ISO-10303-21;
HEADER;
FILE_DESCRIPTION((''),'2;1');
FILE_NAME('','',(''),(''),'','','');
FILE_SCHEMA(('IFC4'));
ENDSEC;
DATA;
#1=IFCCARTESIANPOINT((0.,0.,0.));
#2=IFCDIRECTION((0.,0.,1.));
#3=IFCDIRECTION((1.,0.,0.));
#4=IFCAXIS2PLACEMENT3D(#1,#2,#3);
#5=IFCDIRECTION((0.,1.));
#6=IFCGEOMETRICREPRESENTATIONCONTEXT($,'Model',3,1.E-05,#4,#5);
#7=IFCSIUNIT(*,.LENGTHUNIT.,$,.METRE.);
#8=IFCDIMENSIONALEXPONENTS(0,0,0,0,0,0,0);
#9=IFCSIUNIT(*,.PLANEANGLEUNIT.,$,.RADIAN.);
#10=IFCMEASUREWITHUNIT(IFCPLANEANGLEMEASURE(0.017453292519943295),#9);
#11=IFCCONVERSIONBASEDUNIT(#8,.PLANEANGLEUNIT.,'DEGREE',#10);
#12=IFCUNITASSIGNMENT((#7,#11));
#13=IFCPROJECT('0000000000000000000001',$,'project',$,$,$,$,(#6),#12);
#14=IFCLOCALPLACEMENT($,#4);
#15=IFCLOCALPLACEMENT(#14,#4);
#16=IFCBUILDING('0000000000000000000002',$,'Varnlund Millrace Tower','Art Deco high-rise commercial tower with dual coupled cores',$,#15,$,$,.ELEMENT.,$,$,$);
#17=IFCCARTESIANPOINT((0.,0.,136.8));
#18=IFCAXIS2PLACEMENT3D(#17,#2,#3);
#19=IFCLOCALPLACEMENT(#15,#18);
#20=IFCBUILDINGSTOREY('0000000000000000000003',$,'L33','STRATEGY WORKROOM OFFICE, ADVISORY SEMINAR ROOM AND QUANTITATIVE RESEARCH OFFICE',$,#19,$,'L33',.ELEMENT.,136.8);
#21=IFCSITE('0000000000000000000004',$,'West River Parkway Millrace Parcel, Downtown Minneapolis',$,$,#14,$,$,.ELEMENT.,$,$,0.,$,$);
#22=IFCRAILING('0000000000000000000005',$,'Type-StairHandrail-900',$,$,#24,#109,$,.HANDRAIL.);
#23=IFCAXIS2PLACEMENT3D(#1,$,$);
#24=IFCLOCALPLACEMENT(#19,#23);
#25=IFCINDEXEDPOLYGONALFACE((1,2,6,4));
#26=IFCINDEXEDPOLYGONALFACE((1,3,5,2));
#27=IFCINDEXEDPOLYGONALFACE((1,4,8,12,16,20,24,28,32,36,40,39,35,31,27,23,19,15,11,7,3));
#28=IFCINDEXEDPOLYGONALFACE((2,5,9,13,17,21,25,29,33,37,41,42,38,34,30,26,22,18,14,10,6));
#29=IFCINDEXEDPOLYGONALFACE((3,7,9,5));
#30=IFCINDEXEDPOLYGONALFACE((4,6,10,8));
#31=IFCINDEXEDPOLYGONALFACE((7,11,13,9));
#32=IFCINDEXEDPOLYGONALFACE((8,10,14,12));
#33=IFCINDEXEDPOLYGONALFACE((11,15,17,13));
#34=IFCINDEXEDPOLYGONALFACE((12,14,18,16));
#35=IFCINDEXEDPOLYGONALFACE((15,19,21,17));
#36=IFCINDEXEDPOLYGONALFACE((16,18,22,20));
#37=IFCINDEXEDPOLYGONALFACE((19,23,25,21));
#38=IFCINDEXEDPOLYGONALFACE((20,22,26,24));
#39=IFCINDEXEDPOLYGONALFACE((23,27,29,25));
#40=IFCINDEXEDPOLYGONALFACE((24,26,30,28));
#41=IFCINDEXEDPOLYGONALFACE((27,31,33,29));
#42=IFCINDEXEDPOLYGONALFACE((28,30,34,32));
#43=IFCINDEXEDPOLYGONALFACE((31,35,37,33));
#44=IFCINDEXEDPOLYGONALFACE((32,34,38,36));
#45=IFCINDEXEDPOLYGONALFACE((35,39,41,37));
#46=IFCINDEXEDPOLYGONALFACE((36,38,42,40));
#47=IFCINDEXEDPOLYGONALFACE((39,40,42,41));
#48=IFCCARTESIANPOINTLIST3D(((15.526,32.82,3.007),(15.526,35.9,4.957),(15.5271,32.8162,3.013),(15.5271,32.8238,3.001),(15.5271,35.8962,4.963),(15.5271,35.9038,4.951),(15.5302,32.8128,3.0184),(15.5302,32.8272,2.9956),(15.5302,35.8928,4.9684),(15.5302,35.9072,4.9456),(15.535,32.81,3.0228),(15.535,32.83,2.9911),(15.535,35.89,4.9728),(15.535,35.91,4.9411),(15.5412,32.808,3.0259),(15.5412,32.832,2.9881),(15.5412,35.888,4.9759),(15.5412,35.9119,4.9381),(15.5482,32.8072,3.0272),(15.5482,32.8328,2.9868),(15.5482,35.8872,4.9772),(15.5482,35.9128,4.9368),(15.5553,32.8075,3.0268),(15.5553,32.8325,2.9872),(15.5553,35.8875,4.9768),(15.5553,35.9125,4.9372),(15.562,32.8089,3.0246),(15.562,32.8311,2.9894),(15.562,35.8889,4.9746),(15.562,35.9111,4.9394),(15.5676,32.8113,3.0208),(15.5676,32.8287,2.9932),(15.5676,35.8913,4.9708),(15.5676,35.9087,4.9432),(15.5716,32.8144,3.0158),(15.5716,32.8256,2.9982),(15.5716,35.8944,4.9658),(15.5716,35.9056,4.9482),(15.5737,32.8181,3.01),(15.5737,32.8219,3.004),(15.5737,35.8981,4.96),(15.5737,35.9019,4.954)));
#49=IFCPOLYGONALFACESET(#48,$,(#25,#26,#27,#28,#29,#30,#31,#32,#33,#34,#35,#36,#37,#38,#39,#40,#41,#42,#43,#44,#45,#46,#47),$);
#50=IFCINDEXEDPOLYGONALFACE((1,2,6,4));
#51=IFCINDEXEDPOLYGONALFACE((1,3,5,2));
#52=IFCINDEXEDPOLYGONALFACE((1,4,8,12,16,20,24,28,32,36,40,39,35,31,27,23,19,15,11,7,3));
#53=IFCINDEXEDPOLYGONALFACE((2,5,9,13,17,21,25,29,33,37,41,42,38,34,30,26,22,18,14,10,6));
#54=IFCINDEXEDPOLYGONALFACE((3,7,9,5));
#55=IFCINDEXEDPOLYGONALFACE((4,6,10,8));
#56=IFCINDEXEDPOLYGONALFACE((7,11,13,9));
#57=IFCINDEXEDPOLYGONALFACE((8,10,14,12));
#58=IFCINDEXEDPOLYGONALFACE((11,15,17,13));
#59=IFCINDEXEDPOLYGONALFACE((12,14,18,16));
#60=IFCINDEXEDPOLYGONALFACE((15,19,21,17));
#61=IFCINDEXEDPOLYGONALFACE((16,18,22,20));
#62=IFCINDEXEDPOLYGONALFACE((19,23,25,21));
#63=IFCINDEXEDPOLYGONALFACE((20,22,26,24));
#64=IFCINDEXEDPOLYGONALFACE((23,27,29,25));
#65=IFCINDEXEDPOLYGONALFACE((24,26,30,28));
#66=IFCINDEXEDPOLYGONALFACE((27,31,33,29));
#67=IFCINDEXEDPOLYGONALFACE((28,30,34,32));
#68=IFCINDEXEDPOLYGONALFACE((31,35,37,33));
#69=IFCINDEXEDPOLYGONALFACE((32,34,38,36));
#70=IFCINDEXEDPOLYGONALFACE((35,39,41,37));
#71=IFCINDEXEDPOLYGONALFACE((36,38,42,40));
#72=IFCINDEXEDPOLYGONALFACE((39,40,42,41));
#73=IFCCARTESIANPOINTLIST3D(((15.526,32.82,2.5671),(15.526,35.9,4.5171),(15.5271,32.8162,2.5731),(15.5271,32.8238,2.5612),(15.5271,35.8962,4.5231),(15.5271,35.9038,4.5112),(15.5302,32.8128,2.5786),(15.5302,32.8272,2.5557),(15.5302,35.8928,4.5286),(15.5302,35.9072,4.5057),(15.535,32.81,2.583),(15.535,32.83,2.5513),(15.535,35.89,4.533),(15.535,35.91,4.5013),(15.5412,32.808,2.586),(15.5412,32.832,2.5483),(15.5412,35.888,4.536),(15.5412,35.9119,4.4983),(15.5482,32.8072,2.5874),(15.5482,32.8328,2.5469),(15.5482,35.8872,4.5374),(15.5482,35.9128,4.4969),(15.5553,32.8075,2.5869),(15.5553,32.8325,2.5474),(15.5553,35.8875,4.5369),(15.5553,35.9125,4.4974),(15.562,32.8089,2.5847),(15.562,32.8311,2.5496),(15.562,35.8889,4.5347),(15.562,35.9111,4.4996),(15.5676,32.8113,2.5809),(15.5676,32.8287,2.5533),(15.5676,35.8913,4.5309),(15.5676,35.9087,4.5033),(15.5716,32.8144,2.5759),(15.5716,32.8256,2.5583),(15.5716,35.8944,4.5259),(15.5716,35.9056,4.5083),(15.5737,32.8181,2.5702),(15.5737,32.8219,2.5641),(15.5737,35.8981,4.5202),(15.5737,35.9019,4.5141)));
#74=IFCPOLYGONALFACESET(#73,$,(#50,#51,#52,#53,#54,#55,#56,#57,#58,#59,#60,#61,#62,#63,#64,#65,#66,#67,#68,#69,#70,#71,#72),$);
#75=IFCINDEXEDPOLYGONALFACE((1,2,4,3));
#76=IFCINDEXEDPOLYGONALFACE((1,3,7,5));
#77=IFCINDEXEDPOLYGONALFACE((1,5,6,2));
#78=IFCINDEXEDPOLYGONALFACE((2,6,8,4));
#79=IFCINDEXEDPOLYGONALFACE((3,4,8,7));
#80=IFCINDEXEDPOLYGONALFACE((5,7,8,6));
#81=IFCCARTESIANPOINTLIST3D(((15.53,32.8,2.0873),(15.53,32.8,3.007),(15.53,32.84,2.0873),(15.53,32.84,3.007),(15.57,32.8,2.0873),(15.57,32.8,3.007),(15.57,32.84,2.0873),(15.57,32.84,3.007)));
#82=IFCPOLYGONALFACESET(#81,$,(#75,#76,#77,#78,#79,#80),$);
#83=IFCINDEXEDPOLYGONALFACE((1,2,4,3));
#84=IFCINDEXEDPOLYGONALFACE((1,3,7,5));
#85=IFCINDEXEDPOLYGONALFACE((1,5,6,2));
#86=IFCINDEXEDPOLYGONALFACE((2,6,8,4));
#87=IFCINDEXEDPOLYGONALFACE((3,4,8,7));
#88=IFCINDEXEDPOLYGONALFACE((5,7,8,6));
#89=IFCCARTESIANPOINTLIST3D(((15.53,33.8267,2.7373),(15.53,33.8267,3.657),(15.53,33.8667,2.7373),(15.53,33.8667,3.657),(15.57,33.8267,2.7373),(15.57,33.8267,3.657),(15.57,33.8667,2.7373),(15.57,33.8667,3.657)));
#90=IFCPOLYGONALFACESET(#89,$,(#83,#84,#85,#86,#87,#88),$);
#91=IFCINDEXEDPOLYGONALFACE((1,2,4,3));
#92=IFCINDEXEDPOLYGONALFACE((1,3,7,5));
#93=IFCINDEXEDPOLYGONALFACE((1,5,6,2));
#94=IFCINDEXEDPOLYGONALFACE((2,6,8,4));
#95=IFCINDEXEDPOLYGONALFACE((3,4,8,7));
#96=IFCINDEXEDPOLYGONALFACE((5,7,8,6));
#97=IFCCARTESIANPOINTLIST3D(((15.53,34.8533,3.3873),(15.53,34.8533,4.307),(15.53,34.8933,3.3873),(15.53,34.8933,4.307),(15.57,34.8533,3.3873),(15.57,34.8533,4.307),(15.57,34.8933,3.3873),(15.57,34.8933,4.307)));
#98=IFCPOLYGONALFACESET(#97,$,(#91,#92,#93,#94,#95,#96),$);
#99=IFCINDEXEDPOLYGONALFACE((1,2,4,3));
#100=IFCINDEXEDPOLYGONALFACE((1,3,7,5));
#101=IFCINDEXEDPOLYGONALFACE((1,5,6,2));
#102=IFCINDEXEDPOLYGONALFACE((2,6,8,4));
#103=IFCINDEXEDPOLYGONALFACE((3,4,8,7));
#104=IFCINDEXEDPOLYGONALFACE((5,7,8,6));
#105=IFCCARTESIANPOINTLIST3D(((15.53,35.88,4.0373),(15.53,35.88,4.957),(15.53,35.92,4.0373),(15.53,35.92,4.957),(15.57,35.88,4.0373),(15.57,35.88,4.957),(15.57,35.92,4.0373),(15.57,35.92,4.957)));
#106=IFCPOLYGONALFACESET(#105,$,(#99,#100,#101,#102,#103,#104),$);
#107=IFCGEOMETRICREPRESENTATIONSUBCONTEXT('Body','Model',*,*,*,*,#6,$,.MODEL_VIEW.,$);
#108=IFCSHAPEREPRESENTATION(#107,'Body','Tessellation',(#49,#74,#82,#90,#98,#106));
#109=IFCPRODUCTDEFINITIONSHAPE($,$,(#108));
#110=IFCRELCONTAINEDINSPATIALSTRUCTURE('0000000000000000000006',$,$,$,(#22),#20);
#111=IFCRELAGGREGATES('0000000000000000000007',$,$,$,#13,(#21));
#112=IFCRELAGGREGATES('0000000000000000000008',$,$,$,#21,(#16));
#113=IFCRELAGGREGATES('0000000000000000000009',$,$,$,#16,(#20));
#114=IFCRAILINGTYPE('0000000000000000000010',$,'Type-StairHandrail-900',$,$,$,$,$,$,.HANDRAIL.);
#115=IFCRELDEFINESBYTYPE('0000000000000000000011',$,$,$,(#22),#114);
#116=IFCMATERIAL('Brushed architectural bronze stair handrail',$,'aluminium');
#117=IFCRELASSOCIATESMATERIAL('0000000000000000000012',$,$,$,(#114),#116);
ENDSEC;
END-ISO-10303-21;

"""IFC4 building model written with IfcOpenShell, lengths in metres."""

from ifc_helpers import new_model, entity, si_unit, converted_unit, direction, frame, origin_with_axes, origin_2d_with_axis, place, context, subcontext, project, spatial, rectangle, circle, extrude, material, type_object, element, save


model = new_model("IFC4")

# Units and contexts
model_context = context("Model", 3, precision=1e-05, world=origin_with_axes(), true_north=direction((0.0, 1.0)))
body_context = subcontext(model_context, "Body", "Model", "MODEL_VIEW")
ifc_project = project(units=[si_unit("LENGTHUNIT", "METRE"), converted_unit("PLANEANGLEUNIT", "DEGREE", entity("IfcPlaneAngleMeasure", 0.017453292519943295), si_unit("PLANEANGLEUNIT", "RADIAN"), dimensions=[0, 0, 0, 0, 0, 0, 0])], contexts=[model_context])

# Site, building, storey
site_placement = place(None, origin_with_axes())
site = spatial("IfcSite", under=ifc_project, at=site_placement, Name="West River Parkway Millrace Parcel, Downtown Minneapolis", CompositionType="ELEMENT", RefElevation=0.0)
building_placement = place(site_placement, origin_with_axes())
building = spatial("IfcBuilding", under=site, at=building_placement, Name="Varnlund Millrace Tower", Description="Art Deco high-rise commercial tower with dual coupled cores", CompositionType="ELEMENT")
storey_placement = place(building_placement, frame((0.0, 0.0, 136.8), z_axis=(0.0, 0.0, 1.0), x_axis=(1.0, 0.0, 0.0)))
storey = spatial("IfcBuildingStorey", under=building, at=storey_placement, Name="L33", Description="STRATEGY WORKROOM OFFICE, ADVISORY SEMINAR ROOM AND QUANTITATIVE RESEARCH OFFICE", LongName="L33", CompositionType="ELEMENT", Elevation=136.8)

# Railing
ifc_material_1 = material(Name="Brushed architectural bronze stair handrail", Category="aluminium")
railing_type_1 = type_object("IfcRailingType", Name="Type-StairHandrail-900", PredefinedType="HANDRAIL", material=ifc_material_1)
railing_1_placement = place(storey_placement, frame((0.0, 0.0, -136.8), z_axis=(0.0, 0.0, 1.0), x_axis=(1.0, 0.0, 0.0)))
element("IfcRailing", 1, at=railing_1_placement, inside=storey, type_object=railing_type_1, Name="Type-StairHandrail-900", PredefinedType="HANDRAIL", context=body_context, shape_type="SweptSolid", body=[
    extrude(circle(Radius=0.024, at=origin_2d_with_axis()), frame((15.55, 32.82, 139.807), z_axis=(0.0, 0.844902, 0.534922), x_axis=(-1.0, 0.0, 0.0)), (0.0, 0.0, 1.0), 3.6454),
    extrude(circle(Radius=0.024, at=origin_2d_with_axis()), frame((15.55, 32.82, 139.3671), z_axis=(0.0, 0.844902, 0.534922), x_axis=(-1.0, 0.0, 0.0)), (0.0, 0.0, 1.0), 3.6454),
    extrude(rectangle(XDim=0.04, YDim=0.04, at=origin_2d_with_axis()), frame((15.55, 32.82, 138.8873), z_axis=(0.0, 0.0, 1.0), x_axis=(1.0, 0.0, 0.0)), (0.0, 0.0, 1.0), 0.9197),
    extrude(rectangle(XDim=0.04, YDim=0.04, at=origin_2d_with_axis()), frame((15.55, 33.8467, 139.5373), z_axis=(0.0, 0.0, 1.0), x_axis=(1.0, 0.0, 0.0)), (0.0, 0.0, 1.0), 0.9197),
    extrude(rectangle(XDim=0.04, YDim=0.04, at=origin_2d_with_axis()), frame((15.55, 34.8733, 140.1873), z_axis=(0.0, 0.0, 1.0), x_axis=(1.0, 0.0, 0.0)), (0.0, 0.0, 1.0), 0.9197),
    extrude(rectangle(XDim=0.04, YDim=0.04, at=origin_2d_with_axis()), frame((15.55, 35.9, 140.8373), z_axis=(0.0, 0.0, 1.0), x_axis=(1.0, 0.0, 0.0)), (0.0, 0.0, 1.0), 0.9197),
])

save(model, "model.ifc")
